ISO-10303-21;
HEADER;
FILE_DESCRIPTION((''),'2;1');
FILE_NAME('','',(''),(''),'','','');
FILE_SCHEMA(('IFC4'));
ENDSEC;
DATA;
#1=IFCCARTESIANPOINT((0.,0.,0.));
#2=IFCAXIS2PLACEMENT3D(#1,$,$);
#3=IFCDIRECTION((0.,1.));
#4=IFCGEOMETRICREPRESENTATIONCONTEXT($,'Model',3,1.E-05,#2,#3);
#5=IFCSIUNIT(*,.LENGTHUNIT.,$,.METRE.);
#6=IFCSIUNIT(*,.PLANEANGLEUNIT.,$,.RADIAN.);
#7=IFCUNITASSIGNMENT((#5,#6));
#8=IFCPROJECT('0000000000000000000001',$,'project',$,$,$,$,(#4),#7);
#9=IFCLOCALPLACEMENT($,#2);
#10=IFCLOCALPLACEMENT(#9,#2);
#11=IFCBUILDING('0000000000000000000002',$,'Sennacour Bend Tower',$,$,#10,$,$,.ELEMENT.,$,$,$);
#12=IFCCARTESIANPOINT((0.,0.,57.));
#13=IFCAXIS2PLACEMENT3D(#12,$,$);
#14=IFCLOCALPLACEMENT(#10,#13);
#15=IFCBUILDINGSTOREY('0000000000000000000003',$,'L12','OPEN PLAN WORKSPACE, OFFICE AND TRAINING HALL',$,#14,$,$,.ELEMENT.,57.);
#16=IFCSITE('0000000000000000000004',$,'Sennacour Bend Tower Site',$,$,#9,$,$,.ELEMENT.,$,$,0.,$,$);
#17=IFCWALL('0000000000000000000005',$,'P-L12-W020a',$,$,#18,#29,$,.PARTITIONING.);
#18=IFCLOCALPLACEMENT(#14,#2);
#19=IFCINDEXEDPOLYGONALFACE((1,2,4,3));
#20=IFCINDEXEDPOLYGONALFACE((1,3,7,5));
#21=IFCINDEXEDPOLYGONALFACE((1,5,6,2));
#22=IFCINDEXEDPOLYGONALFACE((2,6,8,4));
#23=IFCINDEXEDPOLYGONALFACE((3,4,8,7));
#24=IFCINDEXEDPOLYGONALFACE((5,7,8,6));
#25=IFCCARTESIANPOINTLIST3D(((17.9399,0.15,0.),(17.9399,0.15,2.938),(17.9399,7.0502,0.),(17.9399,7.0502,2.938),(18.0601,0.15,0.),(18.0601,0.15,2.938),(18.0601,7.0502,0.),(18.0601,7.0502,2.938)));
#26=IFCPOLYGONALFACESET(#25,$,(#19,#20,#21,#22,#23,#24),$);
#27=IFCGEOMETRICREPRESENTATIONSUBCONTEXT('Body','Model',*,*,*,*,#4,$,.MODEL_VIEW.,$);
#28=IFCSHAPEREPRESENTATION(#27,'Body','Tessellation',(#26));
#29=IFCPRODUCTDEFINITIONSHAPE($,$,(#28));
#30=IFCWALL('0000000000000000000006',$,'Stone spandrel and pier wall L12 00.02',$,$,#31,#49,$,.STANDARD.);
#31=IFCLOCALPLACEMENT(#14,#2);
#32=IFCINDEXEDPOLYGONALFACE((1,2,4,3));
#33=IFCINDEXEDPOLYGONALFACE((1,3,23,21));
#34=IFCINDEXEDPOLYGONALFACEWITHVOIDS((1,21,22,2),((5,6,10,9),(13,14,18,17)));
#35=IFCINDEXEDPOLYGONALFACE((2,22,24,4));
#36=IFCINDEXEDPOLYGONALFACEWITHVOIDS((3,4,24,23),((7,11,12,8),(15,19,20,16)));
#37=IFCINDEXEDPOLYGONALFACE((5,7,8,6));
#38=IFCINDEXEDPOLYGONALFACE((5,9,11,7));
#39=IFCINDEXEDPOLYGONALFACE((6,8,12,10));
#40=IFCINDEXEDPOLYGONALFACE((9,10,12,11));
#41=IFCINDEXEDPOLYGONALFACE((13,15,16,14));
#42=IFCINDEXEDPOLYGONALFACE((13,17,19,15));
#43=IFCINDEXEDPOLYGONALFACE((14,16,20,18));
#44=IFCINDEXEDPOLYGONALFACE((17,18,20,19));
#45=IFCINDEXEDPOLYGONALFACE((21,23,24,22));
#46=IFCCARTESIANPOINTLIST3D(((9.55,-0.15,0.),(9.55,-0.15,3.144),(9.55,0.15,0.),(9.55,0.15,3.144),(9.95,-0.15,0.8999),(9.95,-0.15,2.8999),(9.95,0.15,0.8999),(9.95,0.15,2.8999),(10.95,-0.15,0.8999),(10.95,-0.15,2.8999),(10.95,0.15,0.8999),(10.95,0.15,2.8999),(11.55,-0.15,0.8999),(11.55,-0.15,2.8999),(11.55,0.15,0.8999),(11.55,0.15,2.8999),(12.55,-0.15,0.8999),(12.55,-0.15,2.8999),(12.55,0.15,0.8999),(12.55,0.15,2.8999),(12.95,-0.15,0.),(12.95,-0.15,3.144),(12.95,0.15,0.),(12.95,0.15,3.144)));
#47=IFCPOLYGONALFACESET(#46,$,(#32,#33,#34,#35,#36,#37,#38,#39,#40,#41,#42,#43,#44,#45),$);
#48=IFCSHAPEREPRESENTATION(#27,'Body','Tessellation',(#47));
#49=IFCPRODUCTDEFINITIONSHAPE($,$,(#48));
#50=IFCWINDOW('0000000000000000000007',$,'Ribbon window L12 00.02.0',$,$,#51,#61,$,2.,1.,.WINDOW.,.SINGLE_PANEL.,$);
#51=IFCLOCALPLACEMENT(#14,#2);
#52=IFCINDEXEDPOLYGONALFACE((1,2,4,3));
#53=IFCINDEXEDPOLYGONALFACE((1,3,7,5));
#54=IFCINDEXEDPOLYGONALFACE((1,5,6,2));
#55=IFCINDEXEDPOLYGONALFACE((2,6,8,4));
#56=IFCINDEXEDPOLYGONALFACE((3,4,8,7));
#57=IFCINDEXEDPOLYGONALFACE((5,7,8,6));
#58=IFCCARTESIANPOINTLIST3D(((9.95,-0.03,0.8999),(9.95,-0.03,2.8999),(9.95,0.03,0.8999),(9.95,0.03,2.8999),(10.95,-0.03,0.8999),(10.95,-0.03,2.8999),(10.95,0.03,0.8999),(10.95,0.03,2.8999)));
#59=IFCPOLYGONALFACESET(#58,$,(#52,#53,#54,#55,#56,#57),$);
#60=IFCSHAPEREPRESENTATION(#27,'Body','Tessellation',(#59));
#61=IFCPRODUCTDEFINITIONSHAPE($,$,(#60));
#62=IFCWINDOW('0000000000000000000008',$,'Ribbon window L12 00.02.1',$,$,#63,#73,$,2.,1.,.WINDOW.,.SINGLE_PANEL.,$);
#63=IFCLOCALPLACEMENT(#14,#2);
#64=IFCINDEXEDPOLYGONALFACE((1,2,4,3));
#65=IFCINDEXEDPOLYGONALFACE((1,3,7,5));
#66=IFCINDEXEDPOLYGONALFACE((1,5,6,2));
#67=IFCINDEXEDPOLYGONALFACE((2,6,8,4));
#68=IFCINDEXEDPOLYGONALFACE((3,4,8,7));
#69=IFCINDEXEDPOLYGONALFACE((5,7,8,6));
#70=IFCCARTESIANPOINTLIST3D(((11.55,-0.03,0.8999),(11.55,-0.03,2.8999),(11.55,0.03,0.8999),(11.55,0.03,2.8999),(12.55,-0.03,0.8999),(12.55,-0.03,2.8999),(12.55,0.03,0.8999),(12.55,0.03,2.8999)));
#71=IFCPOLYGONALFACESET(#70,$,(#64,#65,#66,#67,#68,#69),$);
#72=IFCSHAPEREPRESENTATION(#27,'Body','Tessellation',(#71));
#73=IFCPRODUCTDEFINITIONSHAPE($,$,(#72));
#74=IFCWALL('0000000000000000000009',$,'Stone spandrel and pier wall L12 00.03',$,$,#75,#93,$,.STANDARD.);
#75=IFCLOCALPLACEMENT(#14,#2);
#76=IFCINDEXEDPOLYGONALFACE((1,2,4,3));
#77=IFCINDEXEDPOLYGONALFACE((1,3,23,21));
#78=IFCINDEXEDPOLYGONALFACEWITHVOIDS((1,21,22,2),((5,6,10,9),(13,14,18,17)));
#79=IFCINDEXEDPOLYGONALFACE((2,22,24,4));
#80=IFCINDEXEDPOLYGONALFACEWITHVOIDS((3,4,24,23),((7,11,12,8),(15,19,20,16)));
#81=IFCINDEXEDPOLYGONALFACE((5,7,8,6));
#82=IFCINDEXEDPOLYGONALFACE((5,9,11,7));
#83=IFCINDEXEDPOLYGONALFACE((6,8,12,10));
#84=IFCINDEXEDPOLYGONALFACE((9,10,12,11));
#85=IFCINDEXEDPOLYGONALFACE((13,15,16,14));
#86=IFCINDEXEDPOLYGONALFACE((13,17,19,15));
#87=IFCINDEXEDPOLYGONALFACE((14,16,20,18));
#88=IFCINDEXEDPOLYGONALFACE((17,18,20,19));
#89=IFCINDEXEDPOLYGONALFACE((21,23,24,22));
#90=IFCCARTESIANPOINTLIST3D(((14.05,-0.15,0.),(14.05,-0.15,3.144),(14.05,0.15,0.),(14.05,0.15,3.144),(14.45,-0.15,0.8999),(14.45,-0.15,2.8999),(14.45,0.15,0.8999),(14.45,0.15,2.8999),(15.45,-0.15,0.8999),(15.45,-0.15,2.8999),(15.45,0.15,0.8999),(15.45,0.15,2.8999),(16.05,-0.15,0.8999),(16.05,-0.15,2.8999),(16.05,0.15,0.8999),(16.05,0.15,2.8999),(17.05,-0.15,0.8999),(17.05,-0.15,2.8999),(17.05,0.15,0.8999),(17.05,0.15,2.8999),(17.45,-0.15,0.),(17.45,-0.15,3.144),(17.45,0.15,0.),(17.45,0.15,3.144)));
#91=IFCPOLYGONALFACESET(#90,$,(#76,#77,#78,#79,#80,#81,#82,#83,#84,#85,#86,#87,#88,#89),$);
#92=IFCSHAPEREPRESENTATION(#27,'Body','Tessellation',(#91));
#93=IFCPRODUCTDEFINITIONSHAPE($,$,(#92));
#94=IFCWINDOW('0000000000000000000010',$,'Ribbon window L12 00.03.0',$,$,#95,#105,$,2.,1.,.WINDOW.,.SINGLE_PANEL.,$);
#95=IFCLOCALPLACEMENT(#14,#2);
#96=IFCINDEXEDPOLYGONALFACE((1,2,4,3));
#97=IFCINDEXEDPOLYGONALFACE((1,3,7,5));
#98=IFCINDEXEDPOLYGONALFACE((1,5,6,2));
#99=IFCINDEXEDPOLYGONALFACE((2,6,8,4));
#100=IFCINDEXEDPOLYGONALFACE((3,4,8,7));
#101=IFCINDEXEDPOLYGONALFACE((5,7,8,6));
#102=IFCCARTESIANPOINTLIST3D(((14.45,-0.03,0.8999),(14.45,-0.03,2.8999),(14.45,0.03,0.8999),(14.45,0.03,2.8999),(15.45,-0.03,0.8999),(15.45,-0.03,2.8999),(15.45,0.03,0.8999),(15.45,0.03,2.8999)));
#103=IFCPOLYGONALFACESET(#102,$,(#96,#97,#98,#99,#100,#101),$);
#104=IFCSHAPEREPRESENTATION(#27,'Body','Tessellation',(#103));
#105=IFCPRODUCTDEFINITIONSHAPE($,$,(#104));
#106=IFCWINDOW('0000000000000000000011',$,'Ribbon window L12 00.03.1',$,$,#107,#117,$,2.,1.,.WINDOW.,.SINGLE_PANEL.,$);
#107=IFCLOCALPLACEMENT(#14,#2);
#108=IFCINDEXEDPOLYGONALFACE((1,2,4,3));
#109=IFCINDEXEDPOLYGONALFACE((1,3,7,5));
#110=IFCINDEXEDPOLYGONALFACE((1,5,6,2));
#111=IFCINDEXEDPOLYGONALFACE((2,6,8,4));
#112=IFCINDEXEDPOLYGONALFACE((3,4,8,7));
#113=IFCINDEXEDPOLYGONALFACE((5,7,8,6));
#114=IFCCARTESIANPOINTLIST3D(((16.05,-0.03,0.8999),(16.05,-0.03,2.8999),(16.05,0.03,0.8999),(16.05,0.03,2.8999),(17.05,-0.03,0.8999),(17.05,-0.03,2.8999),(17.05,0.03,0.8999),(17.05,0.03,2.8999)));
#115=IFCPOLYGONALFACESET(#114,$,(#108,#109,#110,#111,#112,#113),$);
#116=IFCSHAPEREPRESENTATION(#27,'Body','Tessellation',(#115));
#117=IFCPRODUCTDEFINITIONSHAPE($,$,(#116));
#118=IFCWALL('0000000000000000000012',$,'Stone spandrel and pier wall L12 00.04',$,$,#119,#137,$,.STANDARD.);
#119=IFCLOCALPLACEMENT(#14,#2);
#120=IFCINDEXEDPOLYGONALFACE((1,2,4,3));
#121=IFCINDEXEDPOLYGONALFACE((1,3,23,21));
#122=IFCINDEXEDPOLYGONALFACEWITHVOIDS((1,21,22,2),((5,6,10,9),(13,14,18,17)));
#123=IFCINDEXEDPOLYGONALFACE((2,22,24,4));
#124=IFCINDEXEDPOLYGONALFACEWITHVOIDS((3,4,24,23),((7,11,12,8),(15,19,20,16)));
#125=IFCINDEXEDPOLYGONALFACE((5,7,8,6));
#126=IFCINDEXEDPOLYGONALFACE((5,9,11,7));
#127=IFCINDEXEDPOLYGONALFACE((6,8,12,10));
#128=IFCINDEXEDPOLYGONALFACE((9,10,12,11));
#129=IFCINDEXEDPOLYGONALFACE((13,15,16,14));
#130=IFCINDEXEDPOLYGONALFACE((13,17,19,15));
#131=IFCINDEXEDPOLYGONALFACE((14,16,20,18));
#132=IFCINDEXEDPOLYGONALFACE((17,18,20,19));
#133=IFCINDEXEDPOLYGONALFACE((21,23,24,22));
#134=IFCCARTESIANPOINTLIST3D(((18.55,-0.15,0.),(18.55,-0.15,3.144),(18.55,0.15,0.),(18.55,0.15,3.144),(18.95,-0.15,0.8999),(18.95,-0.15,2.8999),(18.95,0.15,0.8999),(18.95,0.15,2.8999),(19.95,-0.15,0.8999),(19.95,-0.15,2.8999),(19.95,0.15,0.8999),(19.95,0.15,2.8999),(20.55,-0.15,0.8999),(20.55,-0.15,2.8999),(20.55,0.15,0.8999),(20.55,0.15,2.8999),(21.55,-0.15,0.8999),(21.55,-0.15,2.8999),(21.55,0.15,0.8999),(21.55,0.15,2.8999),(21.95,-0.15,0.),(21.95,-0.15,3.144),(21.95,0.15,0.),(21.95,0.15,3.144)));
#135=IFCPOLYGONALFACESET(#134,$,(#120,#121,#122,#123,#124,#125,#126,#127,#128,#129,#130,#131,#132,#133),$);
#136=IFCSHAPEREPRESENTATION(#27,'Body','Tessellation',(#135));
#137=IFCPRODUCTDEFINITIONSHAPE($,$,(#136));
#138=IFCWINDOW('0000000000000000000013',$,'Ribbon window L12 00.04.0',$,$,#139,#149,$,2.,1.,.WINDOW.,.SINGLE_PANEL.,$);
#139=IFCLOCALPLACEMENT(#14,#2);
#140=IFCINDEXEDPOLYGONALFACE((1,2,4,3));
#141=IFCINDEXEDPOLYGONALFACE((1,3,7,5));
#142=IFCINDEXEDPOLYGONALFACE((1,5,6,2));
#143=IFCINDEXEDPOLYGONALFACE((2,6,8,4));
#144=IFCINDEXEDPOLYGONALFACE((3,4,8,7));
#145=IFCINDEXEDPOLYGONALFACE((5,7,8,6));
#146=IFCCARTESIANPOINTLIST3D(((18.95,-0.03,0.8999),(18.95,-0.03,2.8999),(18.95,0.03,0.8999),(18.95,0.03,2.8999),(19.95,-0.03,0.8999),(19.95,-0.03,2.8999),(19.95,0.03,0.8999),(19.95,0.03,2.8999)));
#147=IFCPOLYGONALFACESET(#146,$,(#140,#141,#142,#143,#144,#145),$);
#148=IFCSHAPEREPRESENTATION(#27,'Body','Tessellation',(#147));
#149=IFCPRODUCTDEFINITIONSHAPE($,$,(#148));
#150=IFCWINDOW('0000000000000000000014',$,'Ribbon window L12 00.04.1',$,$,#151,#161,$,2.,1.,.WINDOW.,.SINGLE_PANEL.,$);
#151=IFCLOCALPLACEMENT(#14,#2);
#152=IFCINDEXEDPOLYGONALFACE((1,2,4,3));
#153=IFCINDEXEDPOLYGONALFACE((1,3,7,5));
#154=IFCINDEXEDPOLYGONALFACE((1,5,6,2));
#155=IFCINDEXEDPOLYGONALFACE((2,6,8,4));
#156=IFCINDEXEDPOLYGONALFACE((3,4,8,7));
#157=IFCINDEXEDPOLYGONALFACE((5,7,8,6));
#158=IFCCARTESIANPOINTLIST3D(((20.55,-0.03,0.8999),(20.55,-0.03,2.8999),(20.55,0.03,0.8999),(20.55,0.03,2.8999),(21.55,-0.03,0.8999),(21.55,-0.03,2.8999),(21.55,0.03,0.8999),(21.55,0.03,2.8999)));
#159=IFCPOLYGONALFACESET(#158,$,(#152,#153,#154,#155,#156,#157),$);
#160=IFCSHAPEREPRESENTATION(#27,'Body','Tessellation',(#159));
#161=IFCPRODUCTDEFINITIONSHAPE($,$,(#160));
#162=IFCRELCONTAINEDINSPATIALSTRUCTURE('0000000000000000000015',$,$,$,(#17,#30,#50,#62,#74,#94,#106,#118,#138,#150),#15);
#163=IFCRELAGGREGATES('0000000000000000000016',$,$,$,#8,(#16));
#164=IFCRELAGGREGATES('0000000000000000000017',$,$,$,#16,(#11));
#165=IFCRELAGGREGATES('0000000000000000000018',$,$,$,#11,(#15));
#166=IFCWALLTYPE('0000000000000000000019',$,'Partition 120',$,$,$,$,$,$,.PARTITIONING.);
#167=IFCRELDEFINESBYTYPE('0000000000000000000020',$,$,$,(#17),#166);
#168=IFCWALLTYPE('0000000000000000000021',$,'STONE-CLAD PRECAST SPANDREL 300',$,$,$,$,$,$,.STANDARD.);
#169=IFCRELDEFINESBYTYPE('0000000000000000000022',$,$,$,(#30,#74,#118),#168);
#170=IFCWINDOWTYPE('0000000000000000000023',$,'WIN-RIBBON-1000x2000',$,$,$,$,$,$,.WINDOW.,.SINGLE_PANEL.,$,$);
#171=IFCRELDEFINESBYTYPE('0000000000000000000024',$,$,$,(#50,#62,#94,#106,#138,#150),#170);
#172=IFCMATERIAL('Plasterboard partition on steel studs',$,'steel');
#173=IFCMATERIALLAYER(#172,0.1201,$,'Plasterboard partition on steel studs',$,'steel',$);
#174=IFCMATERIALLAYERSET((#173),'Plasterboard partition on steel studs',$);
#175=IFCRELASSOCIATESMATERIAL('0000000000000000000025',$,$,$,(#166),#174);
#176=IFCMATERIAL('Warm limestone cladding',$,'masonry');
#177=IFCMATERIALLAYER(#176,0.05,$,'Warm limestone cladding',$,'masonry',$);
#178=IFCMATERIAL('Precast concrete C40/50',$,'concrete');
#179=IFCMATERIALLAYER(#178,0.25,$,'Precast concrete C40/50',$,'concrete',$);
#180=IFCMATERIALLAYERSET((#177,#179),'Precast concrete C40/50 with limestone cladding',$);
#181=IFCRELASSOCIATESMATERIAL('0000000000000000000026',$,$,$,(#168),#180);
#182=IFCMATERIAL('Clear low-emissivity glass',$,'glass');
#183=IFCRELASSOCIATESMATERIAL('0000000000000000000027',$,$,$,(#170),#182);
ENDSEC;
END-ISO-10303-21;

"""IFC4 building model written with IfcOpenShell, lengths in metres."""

from ifc_helpers import new_model, si_unit, direction, frame, frame_2d, origin, place, context, subcontext, project, spatial, rectangle, extrude, material, layer, layer_set, type_object, element, fill, save


model = new_model("IFC4")

# Units and contexts
model_context = context("Model", 3, precision=1e-05, world=origin(), true_north=direction((0.0, 1.0)))
body_context = subcontext(model_context, "Body", "Model", "MODEL_VIEW")
ifc_project = project(units=[si_unit("LENGTHUNIT", "METRE"), si_unit("PLANEANGLEUNIT", "RADIAN")], contexts=[model_context])

# Site, building, storey
site_placement = place(None, origin())
site = spatial("IfcSite", under=ifc_project, at=site_placement, Name="Sennacour Bend Tower Site", CompositionType="ELEMENT", RefElevation=0.0)
building_placement = place(site_placement, origin())
building = spatial("IfcBuilding", under=site, at=building_placement, Name="Sennacour Bend Tower", CompositionType="ELEMENT")
storey_placement = place(building_placement, frame((0.0, 0.0, 57.0)))
storey = spatial("IfcBuildingStorey", under=building, at=storey_placement, Name="L12", Description="OPEN PLAN WORKSPACE, OFFICE AND TRAINING HALL", CompositionType="ELEMENT", Elevation=57.0)

# Wall
ifc_material_1 = material(Name="Plasterboard partition on steel studs", Category="steel")
ifc_layer_1 = layer(ifc_material_1, 0.1201, Name="Plasterboard partition on steel studs", Category="steel")
ifc_layer_set_1 = layer_set([ifc_layer_1], Name="Plasterboard partition on steel studs")
wall_type_1 = type_object("IfcWallType", Name="Partition 120", PredefinedType="PARTITIONING", material=ifc_layer_set_1)
for number, where, z_axis, x_axis, name in (
    (1, (18.0, 0.1499, 0.0), (0.0, 0.0, 1.0), (0.0, 1.0, 0.0), "P-L12-W020a"),
):
    element("IfcWall", number, at=place(storey_placement, frame(where, z_axis=z_axis, x_axis=x_axis)), inside=storey, type_object=wall_type_1, Name=name, PredefinedType="PARTITIONING", context=body_context, shape_type="SweptSolid", body=[
        extrude(rectangle(XDim=6.9001, YDim=0.1201, at=frame_2d((3.4502, 0.0))), origin(), (0.0, 0.0, 1.0), 2.938),
    ])

# Walls, openings, windows
ifc_material_2 = material(Name="Warm limestone cladding", Category="masonry")
ifc_layer_2 = layer(ifc_material_2, 0.05, Name="Warm limestone cladding", Category="masonry")
ifc_material_3 = material(Name="Precast concrete C40/50", Category="concrete")
ifc_layer_3 = layer(ifc_material_3, 0.25, Name="Precast concrete C40/50", Category="concrete")
ifc_layer_set_2 = layer_set([ifc_layer_2, ifc_layer_3], Name="Precast concrete C40/50 with limestone cladding")
wall_type_2 = type_object("IfcWallType", Name="STONE-CLAD PRECAST SPANDREL 300", PredefinedType="STANDARD", material=ifc_layer_set_2)
wall_1_placement = place(storey_placement, frame((9.55, 0.0, 0.0), z_axis=(0.0, 0.0, 1.0), x_axis=(1.0, 0.0, 0.0)))
wall_1 = element("IfcWall", 2, at=wall_1_placement, inside=storey, type_object=wall_type_2, Name="Stone spandrel and pier wall L12 00.02", PredefinedType="STANDARD", context=body_context, shape_type="SweptSolid", body=[
    extrude(rectangle(XDim=3.3999, YDim=0.3, at=frame_2d((1.7, 0.0))), origin(), (0.0, 0.0, 1.0), 3.144),
])
opening_1_placement = place(wall_1_placement, frame((0.3999, 0.0, 0.8999)))
opening_1 = element("IfcOpeningElement", 3, at=opening_1_placement, cuts=wall_1, PredefinedType="OPENING", context=body_context, shape_type="SweptSolid", body=[
    extrude(rectangle(XDim=1.0, YDim=2.0, at=frame_2d((0.5, 1.0))), frame((0.0, 0.1602, 0.0), z_axis=(0.0, -1.0, 0.0), x_axis=(1.0, 0.0, 0.0)), (0.0, 0.0, 1.0), 0.3201),
])
opening_2_placement = place(wall_1_placement, frame((2.0, 0.0, 0.8999)))
opening_2 = element("IfcOpeningElement", 4, at=opening_2_placement, cuts=wall_1, PredefinedType="OPENING", context=body_context, shape_type="SweptSolid", body=[
    extrude(rectangle(XDim=1.0, YDim=2.0, at=frame_2d((0.5, 1.0))), frame((0.0, 0.1602, 0.0), z_axis=(0.0, -1.0, 0.0), x_axis=(1.0, 0.0, 0.0)), (0.0, 0.0, 1.0), 0.3201),
])
ifc_material_4 = material(Name="Clear low-emissivity glass", Category="glass")
window_type = type_object("IfcWindowType", Name="WIN-RIBBON-1000x2000", PartitioningType="SINGLE_PANEL", PredefinedType="WINDOW", material=ifc_material_4)
window_1_placement = place(opening_1_placement, origin())
window_1 = element("IfcWindow", 5, at=window_1_placement, inside=storey, type_object=window_type, Name="Ribbon window L12 00.02.0", OverallHeight=2.0, OverallWidth=1.0, PartitioningType="SINGLE_PANEL", PredefinedType="WINDOW", context=body_context, shape_type="SweptSolid", body=[
    extrude(rectangle(XDim=1.0, YDim=2.0, at=frame_2d((0.5, 1.0))), frame((0.0, 0.03, 0.0), z_axis=(0.0, -1.0, 0.0), x_axis=(1.0, 0.0, 0.0)), (0.0, 0.0, 1.0), 0.0601),
])
fill(opening_1, window_1)
window_2_placement = place(opening_2_placement, origin())
window_2 = element("IfcWindow", 6, at=window_2_placement, inside=storey, type_object=window_type, Name="Ribbon window L12 00.02.1", OverallHeight=2.0, OverallWidth=1.0, PartitioningType="SINGLE_PANEL", PredefinedType="WINDOW", context=body_context, shape_type="SweptSolid", body=[
    extrude(rectangle(XDim=1.0, YDim=2.0, at=frame_2d((0.5, 1.0))), frame((0.0, 0.03, 0.0), z_axis=(0.0, -1.0, 0.0), x_axis=(1.0, 0.0, 0.0)), (0.0, 0.0, 1.0), 0.0601),
])
fill(opening_2, window_2)
wall_2_placement = place(storey_placement, frame((14.05, 0.0, 0.0), z_axis=(0.0, 0.0, 1.0), x_axis=(1.0, 0.0, 0.0)))
wall_2 = element("IfcWall", 7, at=wall_2_placement, inside=storey, type_object=wall_type_2, Name="Stone spandrel and pier wall L12 00.03", PredefinedType="STANDARD", context=body_context, shape_type="SweptSolid", body=[
    extrude(rectangle(XDim=3.3999, YDim=0.3, at=frame_2d((1.7, 0.0))), origin(), (0.0, 0.0, 1.0), 3.144),
])
opening_3_placement = place(wall_2_placement, frame((0.3999, 0.0, 0.8999)))
opening_3 = element("IfcOpeningElement", 8, at=opening_3_placement, cuts=wall_2, PredefinedType="OPENING", context=body_context, shape_type="SweptSolid", body=[
    extrude(rectangle(XDim=1.0, YDim=2.0, at=frame_2d((0.5, 1.0))), frame((0.0, 0.1602, 0.0), z_axis=(0.0, -1.0, 0.0), x_axis=(1.0, 0.0, 0.0)), (0.0, 0.0, 1.0), 0.3201),
])
opening_4_placement = place(wall_2_placement, frame((2.0, 0.0, 0.8999)))
opening_4 = element("IfcOpeningElement", 9, at=opening_4_placement, cuts=wall_2, PredefinedType="OPENING", context=body_context, shape_type="SweptSolid", body=[
    extrude(rectangle(XDim=1.0, YDim=2.0, at=frame_2d((0.5, 1.0))), frame((0.0, 0.1602, 0.0), z_axis=(0.0, -1.0, 0.0), x_axis=(1.0, 0.0, 0.0)), (0.0, 0.0, 1.0), 0.3201),
])
window_3_placement = place(opening_3_placement, origin())
window_3 = element("IfcWindow", 10, at=window_3_placement, inside=storey, type_object=window_type, Name="Ribbon window L12 00.03.0", OverallHeight=2.0, OverallWidth=1.0, PartitioningType="SINGLE_PANEL", PredefinedType="WINDOW", context=body_context, shape_type="SweptSolid", body=[
    extrude(rectangle(XDim=1.0, YDim=2.0, at=frame_2d((0.5, 1.0))), frame((0.0, 0.03, 0.0), z_axis=(0.0, -1.0, 0.0), x_axis=(1.0, 0.0, 0.0)), (0.0, 0.0, 1.0), 0.0601),
])
fill(opening_3, window_3)
window_4_placement = place(opening_4_placement, origin())
window_4 = element("IfcWindow", 11, at=window_4_placement, inside=storey, type_object=window_type, Name="Ribbon window L12 00.03.1", OverallHeight=2.0, OverallWidth=1.0, PartitioningType="SINGLE_PANEL", PredefinedType="WINDOW", context=body_context, shape_type="SweptSolid", body=[
    extrude(rectangle(XDim=1.0, YDim=2.0, at=frame_2d((0.5, 1.0))), frame((0.0, 0.03, 0.0), z_axis=(0.0, -1.0, 0.0), x_axis=(1.0, 0.0, 0.0)), (0.0, 0.0, 1.0), 0.0601),
])
fill(opening_4, window_4)
wall_3_placement = place(storey_placement, frame((18.55, 0.0, 0.0), z_axis=(0.0, 0.0, 1.0), x_axis=(1.0, 0.0, 0.0)))
wall_3 = element("IfcWall", 12, at=wall_3_placement, inside=storey, type_object=wall_type_2, Name="Stone spandrel and pier wall L12 00.04", PredefinedType="STANDARD", context=body_context, shape_type="SweptSolid", body=[
    extrude(rectangle(XDim=3.3999, YDim=0.3, at=frame_2d((1.7, 0.0))), origin(), (0.0, 0.0, 1.0), 3.144),
])
opening_5_placement = place(wall_3_placement, frame((0.3999, 0.0, 0.8999)))
opening_5 = element("IfcOpeningElement", 13, at=opening_5_placement, cuts=wall_3, PredefinedType="OPENING", context=body_context, shape_type="SweptSolid", body=[
    extrude(rectangle(XDim=1.0, YDim=2.0, at=frame_2d((0.5, 1.0))), frame((0.0, 0.1602, 0.0), z_axis=(0.0, -1.0, 0.0), x_axis=(1.0, 0.0, 0.0)), (0.0, 0.0, 1.0), 0.3201),
])
opening_6_placement = place(wall_3_placement, frame((2.0, 0.0, 0.8999)))
opening_6 = element("IfcOpeningElement", 14, at=opening_6_placement, cuts=wall_3, PredefinedType="OPENING", context=body_context, shape_type="SweptSolid", body=[
    extrude(rectangle(XDim=1.0, YDim=2.0, at=frame_2d((0.5, 1.0))), frame((0.0, 0.1602, 0.0), z_axis=(0.0, -1.0, 0.0), x_axis=(1.0, 0.0, 0.0)), (0.0, 0.0, 1.0), 0.3201),
])
window_5_placement = place(opening_5_placement, origin())
window_5 = element("IfcWindow", 15, at=window_5_placement, inside=storey, type_object=window_type, Name="Ribbon window L12 00.04.0", OverallHeight=2.0, OverallWidth=1.0, PartitioningType="SINGLE_PANEL", PredefinedType="WINDOW", context=body_context, shape_type="SweptSolid", body=[
    extrude(rectangle(XDim=1.0, YDim=2.0, at=frame_2d((0.5, 1.0))), frame((0.0, 0.03, 0.0), z_axis=(0.0, -1.0, 0.0), x_axis=(1.0, 0.0, 0.0)), (0.0, 0.0, 1.0), 0.0601),
])
fill(opening_5, window_5)
window_6_placement = place(opening_6_placement, origin())
window_6 = element("IfcWindow", 16, at=window_6_placement, inside=storey, type_object=window_type, Name="Ribbon window L12 00.04.1", OverallHeight=2.0, OverallWidth=1.0, PartitioningType="SINGLE_PANEL", PredefinedType="WINDOW", context=body_context, shape_type="SweptSolid", body=[
    extrude(rectangle(XDim=1.0, YDim=2.0, at=frame_2d((0.5, 1.0))), frame((0.0, 0.03, 0.0), z_axis=(0.0, -1.0, 0.0), x_axis=(1.0, 0.0, 0.0)), (0.0, 0.0, 1.0), 0.0601),
])
fill(opening_6, window_6)

save(model, "model.ifc")
